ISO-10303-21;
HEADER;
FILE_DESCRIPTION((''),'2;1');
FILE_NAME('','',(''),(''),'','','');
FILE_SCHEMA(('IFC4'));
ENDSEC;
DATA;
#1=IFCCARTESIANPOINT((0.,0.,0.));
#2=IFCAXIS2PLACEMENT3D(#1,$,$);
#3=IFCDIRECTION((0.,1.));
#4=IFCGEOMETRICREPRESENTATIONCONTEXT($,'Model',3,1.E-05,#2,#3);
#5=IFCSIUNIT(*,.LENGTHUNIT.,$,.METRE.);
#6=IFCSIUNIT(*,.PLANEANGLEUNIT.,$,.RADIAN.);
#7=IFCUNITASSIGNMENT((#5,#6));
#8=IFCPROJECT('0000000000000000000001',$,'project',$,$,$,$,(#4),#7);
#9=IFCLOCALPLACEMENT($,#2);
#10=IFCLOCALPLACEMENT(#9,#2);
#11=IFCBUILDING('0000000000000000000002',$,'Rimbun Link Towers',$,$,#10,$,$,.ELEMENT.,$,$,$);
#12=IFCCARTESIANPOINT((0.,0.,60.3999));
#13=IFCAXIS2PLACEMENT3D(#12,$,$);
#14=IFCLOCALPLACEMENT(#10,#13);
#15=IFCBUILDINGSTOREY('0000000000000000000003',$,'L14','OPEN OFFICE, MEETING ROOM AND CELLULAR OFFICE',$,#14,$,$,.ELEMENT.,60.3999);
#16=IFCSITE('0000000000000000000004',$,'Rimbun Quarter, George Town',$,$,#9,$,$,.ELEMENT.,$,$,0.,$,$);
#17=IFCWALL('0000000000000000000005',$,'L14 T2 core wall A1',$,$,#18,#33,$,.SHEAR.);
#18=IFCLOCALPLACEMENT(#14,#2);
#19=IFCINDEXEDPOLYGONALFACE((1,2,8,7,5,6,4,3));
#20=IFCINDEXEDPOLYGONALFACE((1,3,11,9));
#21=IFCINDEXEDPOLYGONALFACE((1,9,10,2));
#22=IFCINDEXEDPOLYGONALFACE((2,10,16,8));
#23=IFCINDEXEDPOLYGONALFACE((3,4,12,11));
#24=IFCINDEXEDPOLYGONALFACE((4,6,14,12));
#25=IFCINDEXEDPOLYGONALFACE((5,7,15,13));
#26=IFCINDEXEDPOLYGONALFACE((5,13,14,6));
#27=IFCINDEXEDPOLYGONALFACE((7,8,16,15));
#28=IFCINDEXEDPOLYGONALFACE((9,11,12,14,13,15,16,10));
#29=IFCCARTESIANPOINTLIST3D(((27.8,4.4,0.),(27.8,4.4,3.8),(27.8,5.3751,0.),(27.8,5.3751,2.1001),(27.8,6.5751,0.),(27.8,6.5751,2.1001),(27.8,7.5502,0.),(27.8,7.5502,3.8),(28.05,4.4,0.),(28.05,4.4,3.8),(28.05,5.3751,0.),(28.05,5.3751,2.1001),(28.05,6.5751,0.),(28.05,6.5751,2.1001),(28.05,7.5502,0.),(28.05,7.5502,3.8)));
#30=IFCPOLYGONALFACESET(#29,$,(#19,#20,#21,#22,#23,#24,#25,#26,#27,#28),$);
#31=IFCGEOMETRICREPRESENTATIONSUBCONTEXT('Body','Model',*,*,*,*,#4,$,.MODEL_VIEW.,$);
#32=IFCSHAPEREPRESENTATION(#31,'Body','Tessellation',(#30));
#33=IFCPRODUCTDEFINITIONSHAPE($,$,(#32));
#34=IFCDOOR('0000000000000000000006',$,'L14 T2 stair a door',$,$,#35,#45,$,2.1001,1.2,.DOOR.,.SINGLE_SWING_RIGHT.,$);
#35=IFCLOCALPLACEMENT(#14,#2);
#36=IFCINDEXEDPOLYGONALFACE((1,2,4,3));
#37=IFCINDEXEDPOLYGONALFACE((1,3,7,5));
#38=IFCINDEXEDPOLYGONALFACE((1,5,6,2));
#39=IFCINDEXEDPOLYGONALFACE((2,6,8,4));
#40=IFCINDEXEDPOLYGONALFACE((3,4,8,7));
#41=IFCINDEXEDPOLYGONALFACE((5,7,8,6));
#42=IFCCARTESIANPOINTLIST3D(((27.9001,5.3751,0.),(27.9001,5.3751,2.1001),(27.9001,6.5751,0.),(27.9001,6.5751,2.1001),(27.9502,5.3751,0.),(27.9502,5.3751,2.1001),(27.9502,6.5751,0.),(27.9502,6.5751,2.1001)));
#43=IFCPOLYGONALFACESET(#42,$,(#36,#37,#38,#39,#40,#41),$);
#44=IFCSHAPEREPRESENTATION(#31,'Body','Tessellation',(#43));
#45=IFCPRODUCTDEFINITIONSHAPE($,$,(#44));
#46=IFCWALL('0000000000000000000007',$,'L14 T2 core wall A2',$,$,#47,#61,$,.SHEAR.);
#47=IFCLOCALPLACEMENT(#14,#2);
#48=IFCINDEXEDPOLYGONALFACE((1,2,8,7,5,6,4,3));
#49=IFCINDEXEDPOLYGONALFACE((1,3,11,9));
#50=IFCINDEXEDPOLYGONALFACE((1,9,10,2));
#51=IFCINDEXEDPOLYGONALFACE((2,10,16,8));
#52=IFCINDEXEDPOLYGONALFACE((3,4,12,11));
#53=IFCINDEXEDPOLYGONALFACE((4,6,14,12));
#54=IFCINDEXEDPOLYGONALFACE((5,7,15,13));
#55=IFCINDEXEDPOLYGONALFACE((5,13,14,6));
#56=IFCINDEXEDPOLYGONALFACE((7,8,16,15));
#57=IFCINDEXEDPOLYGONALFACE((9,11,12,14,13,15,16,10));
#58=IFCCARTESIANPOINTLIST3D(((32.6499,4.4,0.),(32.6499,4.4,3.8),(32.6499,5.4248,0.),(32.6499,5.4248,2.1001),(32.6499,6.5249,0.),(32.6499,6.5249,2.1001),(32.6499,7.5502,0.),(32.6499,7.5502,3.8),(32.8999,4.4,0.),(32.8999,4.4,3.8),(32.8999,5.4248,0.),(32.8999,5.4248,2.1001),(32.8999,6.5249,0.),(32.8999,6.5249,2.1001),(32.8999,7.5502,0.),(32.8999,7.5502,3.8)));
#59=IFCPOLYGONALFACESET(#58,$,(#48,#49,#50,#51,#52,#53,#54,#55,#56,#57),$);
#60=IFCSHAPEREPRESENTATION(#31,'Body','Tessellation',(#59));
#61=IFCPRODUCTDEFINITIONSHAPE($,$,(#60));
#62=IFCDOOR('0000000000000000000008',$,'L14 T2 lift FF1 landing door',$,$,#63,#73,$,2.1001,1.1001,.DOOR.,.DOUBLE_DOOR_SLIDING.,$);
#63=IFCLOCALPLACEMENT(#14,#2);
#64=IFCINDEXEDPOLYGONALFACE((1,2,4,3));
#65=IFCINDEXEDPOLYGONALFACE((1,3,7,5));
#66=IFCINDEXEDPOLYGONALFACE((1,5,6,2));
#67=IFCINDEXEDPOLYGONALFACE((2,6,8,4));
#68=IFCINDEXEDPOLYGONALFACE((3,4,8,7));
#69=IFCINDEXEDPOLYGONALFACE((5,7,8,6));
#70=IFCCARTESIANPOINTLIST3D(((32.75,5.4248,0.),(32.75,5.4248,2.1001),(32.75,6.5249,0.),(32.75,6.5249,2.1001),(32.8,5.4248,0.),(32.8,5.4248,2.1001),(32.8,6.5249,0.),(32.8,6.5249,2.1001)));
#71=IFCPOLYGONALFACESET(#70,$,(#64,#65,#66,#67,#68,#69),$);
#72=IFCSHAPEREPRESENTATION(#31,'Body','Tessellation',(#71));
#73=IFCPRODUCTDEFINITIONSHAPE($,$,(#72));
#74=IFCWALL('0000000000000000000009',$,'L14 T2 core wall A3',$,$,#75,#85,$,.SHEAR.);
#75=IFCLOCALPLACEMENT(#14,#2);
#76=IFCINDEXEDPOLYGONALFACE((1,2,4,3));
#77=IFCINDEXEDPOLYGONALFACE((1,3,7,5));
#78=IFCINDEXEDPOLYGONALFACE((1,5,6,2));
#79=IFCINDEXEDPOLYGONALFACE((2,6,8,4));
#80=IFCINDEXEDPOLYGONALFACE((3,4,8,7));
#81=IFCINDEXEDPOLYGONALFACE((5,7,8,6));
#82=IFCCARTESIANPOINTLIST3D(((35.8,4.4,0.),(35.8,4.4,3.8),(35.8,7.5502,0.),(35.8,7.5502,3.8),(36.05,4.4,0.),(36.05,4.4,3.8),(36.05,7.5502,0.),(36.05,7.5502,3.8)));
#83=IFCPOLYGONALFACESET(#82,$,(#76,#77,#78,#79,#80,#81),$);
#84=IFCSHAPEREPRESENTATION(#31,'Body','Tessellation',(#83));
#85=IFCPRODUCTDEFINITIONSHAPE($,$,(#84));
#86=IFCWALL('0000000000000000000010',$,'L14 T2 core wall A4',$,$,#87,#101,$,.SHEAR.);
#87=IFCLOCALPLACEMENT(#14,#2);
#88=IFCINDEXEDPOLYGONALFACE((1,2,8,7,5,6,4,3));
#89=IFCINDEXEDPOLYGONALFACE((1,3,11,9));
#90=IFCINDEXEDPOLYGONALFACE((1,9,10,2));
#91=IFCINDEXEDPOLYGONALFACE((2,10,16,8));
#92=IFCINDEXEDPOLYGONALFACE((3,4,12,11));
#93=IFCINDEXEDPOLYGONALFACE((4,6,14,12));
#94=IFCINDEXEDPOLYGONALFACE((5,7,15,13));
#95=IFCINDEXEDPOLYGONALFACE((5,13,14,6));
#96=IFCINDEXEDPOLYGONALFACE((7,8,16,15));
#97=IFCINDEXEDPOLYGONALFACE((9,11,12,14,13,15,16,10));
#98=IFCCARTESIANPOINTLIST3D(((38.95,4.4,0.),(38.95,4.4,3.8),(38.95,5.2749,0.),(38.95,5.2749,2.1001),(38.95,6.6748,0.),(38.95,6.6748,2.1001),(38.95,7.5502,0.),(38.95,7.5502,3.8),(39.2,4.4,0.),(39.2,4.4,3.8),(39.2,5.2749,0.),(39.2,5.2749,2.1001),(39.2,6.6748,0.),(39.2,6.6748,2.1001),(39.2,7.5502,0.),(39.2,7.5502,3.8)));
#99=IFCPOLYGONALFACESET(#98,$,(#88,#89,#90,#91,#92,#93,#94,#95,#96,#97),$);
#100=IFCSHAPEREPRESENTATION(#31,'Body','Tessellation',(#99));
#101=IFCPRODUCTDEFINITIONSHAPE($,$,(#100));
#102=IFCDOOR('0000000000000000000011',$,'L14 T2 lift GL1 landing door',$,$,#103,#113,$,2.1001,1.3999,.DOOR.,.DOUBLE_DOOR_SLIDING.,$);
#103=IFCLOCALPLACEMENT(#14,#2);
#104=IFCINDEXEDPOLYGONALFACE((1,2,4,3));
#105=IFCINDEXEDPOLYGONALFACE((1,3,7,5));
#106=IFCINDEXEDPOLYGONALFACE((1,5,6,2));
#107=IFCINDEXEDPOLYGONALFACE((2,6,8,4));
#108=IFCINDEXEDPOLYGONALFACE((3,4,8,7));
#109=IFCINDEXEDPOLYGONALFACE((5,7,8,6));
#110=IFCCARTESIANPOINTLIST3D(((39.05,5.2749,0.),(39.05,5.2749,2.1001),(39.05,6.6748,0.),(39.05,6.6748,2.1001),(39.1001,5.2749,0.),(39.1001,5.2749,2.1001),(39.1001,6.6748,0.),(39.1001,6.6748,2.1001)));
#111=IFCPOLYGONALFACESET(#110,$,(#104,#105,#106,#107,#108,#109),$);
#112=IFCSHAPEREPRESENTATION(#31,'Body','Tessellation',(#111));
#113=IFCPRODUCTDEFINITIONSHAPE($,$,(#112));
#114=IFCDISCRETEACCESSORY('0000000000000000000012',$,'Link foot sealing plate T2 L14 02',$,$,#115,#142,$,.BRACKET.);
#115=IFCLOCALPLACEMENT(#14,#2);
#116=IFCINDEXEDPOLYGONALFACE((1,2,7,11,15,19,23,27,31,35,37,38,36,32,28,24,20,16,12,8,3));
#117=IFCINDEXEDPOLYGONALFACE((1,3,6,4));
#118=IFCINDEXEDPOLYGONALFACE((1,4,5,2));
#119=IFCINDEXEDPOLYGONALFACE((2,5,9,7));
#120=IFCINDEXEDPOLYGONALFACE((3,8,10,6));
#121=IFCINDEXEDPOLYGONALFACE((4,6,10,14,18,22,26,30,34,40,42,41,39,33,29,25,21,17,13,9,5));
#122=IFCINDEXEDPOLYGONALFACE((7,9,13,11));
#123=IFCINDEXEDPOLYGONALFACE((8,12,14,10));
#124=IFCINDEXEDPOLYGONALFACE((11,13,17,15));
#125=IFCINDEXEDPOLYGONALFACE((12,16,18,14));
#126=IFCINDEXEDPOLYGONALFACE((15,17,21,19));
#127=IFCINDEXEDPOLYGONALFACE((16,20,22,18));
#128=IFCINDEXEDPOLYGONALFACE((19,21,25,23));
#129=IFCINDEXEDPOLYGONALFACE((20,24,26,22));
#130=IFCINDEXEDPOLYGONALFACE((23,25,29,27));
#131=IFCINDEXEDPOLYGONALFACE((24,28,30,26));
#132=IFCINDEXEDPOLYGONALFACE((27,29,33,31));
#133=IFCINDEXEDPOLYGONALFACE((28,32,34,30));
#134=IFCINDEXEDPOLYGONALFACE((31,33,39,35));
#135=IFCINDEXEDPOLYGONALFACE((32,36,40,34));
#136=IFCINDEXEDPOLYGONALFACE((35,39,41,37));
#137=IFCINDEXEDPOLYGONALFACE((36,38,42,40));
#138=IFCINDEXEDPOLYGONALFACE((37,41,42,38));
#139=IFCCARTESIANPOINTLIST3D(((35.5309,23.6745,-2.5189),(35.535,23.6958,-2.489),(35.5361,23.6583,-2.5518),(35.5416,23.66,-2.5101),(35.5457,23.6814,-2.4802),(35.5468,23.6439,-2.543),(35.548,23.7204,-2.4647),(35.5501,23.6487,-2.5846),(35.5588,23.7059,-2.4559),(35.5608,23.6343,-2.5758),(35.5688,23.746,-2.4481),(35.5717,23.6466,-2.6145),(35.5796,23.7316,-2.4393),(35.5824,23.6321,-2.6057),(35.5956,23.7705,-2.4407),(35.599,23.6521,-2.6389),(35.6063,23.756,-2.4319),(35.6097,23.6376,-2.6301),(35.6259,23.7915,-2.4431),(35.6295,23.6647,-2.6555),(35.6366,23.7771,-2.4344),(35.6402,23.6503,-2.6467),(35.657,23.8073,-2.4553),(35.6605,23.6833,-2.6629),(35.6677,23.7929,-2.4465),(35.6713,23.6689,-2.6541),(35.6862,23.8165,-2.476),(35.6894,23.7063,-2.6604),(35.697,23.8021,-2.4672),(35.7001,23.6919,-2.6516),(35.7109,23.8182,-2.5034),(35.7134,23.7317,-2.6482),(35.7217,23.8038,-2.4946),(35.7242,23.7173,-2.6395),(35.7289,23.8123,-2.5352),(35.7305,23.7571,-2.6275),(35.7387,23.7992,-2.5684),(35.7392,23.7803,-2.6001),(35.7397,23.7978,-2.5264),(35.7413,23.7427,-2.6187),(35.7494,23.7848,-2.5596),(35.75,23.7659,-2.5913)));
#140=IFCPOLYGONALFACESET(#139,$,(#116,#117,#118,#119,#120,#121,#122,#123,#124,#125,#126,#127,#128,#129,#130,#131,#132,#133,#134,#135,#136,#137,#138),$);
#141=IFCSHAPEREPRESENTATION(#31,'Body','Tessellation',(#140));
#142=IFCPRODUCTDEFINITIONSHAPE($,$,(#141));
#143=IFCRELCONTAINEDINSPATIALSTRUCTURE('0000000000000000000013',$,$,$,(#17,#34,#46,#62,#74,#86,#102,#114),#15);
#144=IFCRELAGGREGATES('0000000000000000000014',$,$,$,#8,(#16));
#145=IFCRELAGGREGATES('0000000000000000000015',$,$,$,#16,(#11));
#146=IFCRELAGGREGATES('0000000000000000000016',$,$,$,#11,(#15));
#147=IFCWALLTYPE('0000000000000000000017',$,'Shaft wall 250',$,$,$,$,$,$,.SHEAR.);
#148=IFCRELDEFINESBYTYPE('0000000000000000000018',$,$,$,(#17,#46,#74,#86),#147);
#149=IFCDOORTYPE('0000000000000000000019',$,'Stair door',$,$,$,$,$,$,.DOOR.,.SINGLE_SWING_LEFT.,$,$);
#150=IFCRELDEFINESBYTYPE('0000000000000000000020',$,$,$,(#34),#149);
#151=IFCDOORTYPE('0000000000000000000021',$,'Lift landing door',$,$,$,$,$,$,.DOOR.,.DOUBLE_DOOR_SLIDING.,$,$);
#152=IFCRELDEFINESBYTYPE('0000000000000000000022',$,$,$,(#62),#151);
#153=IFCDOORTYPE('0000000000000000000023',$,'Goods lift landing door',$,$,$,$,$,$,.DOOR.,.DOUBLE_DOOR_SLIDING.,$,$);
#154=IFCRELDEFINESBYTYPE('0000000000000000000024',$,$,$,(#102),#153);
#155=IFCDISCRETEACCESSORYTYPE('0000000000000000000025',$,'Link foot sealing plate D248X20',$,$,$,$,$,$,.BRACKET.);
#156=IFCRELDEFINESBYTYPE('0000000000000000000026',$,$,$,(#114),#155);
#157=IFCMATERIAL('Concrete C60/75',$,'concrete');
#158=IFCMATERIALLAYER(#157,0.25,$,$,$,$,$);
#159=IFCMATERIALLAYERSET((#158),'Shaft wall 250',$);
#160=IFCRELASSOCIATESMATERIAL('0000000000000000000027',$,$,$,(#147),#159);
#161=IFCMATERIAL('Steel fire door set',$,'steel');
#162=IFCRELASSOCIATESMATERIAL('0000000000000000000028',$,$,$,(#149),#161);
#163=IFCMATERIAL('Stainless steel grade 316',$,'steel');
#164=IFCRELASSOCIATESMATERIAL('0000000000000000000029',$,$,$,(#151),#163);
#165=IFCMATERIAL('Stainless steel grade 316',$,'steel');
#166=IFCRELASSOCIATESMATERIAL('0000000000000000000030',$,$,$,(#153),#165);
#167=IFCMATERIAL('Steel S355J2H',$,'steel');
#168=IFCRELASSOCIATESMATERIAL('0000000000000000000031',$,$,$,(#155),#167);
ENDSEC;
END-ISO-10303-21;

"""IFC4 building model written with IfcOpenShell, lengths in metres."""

from ifc_helpers import new_model, si_unit, direction, frame, frame_2d, origin, origin_2d, place, context, subcontext, project, spatial, rectangle, circle, extrude, material, layer, layer_set, material_profile, profile_set, type_object, element, fill, save


model = new_model("IFC4")

# Units and contexts
model_context = context("Model", 3, precision=1e-05, world=origin(), true_north=direction((0.0, 1.0)))
body_context = subcontext(model_context, "Body", "Model", "MODEL_VIEW")
ifc_project = project(units=[si_unit("LENGTHUNIT", "METRE"), si_unit("PLANEANGLEUNIT", "RADIAN")], contexts=[model_context])

# Site, building, storey
site_placement = place(None, origin())
site = spatial("IfcSite", under=ifc_project, at=site_placement, Name="Rimbun Quarter, George Town", CompositionType="ELEMENT", RefElevation=0.0)
building_placement = place(site_placement, origin())
building = spatial("IfcBuilding", under=site, at=building_placement, Name="Rimbun Link Towers", CompositionType="ELEMENT")
storey_placement = place(building_placement, frame((0.0, 0.0, 60.3999)))
storey = spatial("IfcBuildingStorey", under=building, at=storey_placement, Name="L14", Description="OPEN OFFICE, MEETING ROOM AND CELLULAR OFFICE", CompositionType="ELEMENT", Elevation=60.3999)

# Shared definitions
ifc_material_1 = material(Name="Concrete C60/75", Category="concrete")
ifc_layer_1 = layer(ifc_material_1, 0.25)
ifc_layer_set_1 = layer_set([ifc_layer_1], Name="Shaft wall 250")
wall_type_1 = type_object("IfcWallType", Name="Shaft wall 250", PredefinedType="SHEAR", material=ifc_layer_set_1)

# Walls, openings, doors
wall_1_placement = place(storey_placement, frame((27.925, 4.3999, 0.0), z_axis=(0.0, 0.0, 1.0), x_axis=(0.0, 1.0, 0.0)))
wall_1 = element("IfcWall", 1, at=wall_1_placement, inside=storey, type_object=wall_type_1, Name="L14 T2 core wall A1", PredefinedType="SHEAR", context=body_context, shape_type="SweptSolid", body=[
    extrude(rectangle(XDim=3.1501, YDim=0.25, at=frame_2d((1.5752, 0.0))), origin(), (0.0, 0.0, 1.0), 3.8),
])
opening_1_placement = place(wall_1_placement, frame((0.9751, 0.0, 0.0)))
opening_1 = element("IfcOpeningElement", 2, at=opening_1_placement, cuts=wall_1, PredefinedType="OPENING", context=body_context, shape_type="SweptSolid", body=[
    extrude(rectangle(XDim=1.2, YDim=2.1001, at=frame_2d((0.6001, 1.05))), frame((0.0, 0.135, 0.0), z_axis=(0.0, -1.0, 0.0), x_axis=(1.0, 0.0, 0.0)), (0.0, 0.0, 1.0), 0.27),
])
ifc_material_2 = material(Name="Steel fire door set", Category="steel")
door_type_1 = type_object("IfcDoorType", Name="Stair door", OperationType="SINGLE_SWING_LEFT", PredefinedType="DOOR", material=ifc_material_2)
door_1_placement = place(opening_1_placement, origin())
door_1 = element("IfcDoor", 3, at=door_1_placement, inside=storey, type_object=door_type_1, Name="L14 T2 stair a door", OperationType="SINGLE_SWING_RIGHT", OverallHeight=2.1001, OverallWidth=1.2, PredefinedType="DOOR", context=body_context, shape_type="SweptSolid", body=[
    extrude(rectangle(XDim=1.2, YDim=2.1001, at=frame_2d((0.6001, 1.05))), frame((0.0, 0.0249, 0.0), z_axis=(0.0, -1.0, 0.0), x_axis=(1.0, 0.0, 0.0)), (0.0, 0.0, 1.0), 0.05),
])
fill(opening_1, door_1)
wall_2_placement = place(storey_placement, frame((32.7749, 4.3999, 0.0), z_axis=(0.0, 0.0, 1.0), x_axis=(0.0, 1.0, 0.0)))
wall_2 = element("IfcWall", 4, at=wall_2_placement, inside=storey, type_object=wall_type_1, Name="L14 T2 core wall A2", PredefinedType="SHEAR", context=body_context, shape_type="SweptSolid", body=[
    extrude(rectangle(XDim=3.1501, YDim=0.25, at=frame_2d((1.5752, 0.0))), origin(), (0.0, 0.0, 1.0), 3.8),
])
opening_2_placement = place(wall_2_placement, frame((1.0249, 0.0, 0.0)))
opening_2 = element("IfcOpeningElement", 5, at=opening_2_placement, cuts=wall_2, PredefinedType="OPENING", context=body_context, shape_type="SweptSolid", body=[
    extrude(rectangle(XDim=1.1001, YDim=2.1001, at=frame_2d((0.55, 1.05))), frame((0.0, 0.135, 0.0), z_axis=(0.0, -1.0, 0.0), x_axis=(1.0, 0.0, 0.0)), (0.0, 0.0, 1.0), 0.27),
])
ifc_material_3 = material(Name="Stainless steel grade 316", Category="steel")
door_type_2 = type_object("IfcDoorType", Name="Lift landing door", OperationType="DOUBLE_DOOR_SLIDING", PredefinedType="DOOR", material=ifc_material_3)
door_2_placement = place(opening_2_placement, origin())
door_2 = element("IfcDoor", 6, at=door_2_placement, inside=storey, type_object=door_type_2, Name="L14 T2 lift FF1 landing door", OperationType="DOUBLE_DOOR_SLIDING", OverallHeight=2.1001, OverallWidth=1.1001, PredefinedType="DOOR", context=body_context, shape_type="SweptSolid", body=[
    extrude(rectangle(XDim=1.1001, YDim=2.1001, at=frame_2d((0.55, 1.05))), frame((0.0, 0.0249, 0.0), z_axis=(0.0, -1.0, 0.0), x_axis=(1.0, 0.0, 0.0)), (0.0, 0.0, 1.0), 0.05),
])
fill(opening_2, door_2)

# Wall
wall_3_placement = place(storey_placement, frame((35.925, 4.3999, 0.0), z_axis=(0.0, 0.0, 1.0), x_axis=(0.0, 1.0, 0.0)))
element("IfcWall", 7, at=wall_3_placement, inside=storey, type_object=wall_type_1, Name="L14 T2 core wall A3", PredefinedType="SHEAR", context=body_context, shape_type="SweptSolid", body=[
    extrude(rectangle(XDim=3.1501, YDim=0.25, at=frame_2d((1.5752, 0.0))), origin(), (0.0, 0.0, 1.0), 3.8),
])

# Wall, opening, door
wall_4_placement = place(storey_placement, frame((39.075, 4.3999, 0.0), z_axis=(0.0, 0.0, 1.0), x_axis=(0.0, 1.0, 0.0)))
wall_4 = element("IfcWall", 8, at=wall_4_placement, inside=storey, type_object=wall_type_1, Name="L14 T2 core wall A4", PredefinedType="SHEAR", context=body_context, shape_type="SweptSolid", body=[
    extrude(rectangle(XDim=3.1501, YDim=0.25, at=frame_2d((1.5752, 0.0))), origin(), (0.0, 0.0, 1.0), 3.8),
])
opening_3_placement = place(wall_4_placement, frame((0.875, 0.0, 0.0)))
opening_3 = element("IfcOpeningElement", 9, at=opening_3_placement, cuts=wall_4, PredefinedType="OPENING", context=body_context, shape_type="SweptSolid", body=[
    extrude(rectangle(XDim=1.3999, YDim=2.1001, at=frame_2d((0.7, 1.05))), frame((0.0, 0.135, 0.0), z_axis=(0.0, -1.0, 0.0), x_axis=(1.0, 0.0, 0.0)), (0.0, 0.0, 1.0), 0.27),
])
ifc_material_4 = material(Name="Stainless steel grade 316", Category="steel")
door_type_3 = type_object("IfcDoorType", Name="Goods lift landing door", OperationType="DOUBLE_DOOR_SLIDING", PredefinedType="DOOR", material=ifc_material_4)
door_3_placement = place(opening_3_placement, origin())
door_3 = element("IfcDoor", 10, at=door_3_placement, inside=storey, type_object=door_type_3, Name="L14 T2 lift GL1 landing door", OperationType="DOUBLE_DOOR_SLIDING", OverallHeight=2.1001, OverallWidth=1.3999, PredefinedType="DOOR", context=body_context, shape_type="SweptSolid", body=[
    extrude(rectangle(XDim=1.3999, YDim=2.1001, at=frame_2d((0.7, 1.05))), frame((0.0, 0.0249, 0.0), z_axis=(0.0, -1.0, 0.0), x_axis=(1.0, 0.0, 0.0)), (0.0, 0.0, 1.0), 0.05),
])
fill(opening_3, door_3)

# Discrete accessory
ifc_material_5 = material(Name="Steel S355J2H", Category="steel")
ifc_material_profile_1 = material_profile(ifc_material_5, circle(Radius=0.124, at=origin_2d()), Name="PL D248")
ifc_profile_set_1 = profile_set([ifc_material_profile_1], Name="Steel S355J2H")
discrete_accessory_type = type_object("IfcDiscreteAccessoryType", Name="Link foot sealing plate D248X20", PredefinedType="BRACKET", material=ifc_profile_set_1)
discrete_accessory_placement = place(storey_placement, frame((35.6462, 23.718, -2.543), z_axis=(-0.537025, 0.720101, -0.439384), x_axis=(-0.801627, -0.597824, 0.0)))
element("IfcDiscreteAccessory", 11, at=discrete_accessory_placement, inside=storey, type_object=discrete_accessory_type, Name="Link foot sealing plate T2 L14 02", PredefinedType="BRACKET", context=body_context, shape_type="SweptSolid", body=[
    extrude(circle(Radius=0.124, at=origin_2d()), origin(), (0.0, 0.0, 1.0), 0.02),
])

save(model, "model.ifc")
